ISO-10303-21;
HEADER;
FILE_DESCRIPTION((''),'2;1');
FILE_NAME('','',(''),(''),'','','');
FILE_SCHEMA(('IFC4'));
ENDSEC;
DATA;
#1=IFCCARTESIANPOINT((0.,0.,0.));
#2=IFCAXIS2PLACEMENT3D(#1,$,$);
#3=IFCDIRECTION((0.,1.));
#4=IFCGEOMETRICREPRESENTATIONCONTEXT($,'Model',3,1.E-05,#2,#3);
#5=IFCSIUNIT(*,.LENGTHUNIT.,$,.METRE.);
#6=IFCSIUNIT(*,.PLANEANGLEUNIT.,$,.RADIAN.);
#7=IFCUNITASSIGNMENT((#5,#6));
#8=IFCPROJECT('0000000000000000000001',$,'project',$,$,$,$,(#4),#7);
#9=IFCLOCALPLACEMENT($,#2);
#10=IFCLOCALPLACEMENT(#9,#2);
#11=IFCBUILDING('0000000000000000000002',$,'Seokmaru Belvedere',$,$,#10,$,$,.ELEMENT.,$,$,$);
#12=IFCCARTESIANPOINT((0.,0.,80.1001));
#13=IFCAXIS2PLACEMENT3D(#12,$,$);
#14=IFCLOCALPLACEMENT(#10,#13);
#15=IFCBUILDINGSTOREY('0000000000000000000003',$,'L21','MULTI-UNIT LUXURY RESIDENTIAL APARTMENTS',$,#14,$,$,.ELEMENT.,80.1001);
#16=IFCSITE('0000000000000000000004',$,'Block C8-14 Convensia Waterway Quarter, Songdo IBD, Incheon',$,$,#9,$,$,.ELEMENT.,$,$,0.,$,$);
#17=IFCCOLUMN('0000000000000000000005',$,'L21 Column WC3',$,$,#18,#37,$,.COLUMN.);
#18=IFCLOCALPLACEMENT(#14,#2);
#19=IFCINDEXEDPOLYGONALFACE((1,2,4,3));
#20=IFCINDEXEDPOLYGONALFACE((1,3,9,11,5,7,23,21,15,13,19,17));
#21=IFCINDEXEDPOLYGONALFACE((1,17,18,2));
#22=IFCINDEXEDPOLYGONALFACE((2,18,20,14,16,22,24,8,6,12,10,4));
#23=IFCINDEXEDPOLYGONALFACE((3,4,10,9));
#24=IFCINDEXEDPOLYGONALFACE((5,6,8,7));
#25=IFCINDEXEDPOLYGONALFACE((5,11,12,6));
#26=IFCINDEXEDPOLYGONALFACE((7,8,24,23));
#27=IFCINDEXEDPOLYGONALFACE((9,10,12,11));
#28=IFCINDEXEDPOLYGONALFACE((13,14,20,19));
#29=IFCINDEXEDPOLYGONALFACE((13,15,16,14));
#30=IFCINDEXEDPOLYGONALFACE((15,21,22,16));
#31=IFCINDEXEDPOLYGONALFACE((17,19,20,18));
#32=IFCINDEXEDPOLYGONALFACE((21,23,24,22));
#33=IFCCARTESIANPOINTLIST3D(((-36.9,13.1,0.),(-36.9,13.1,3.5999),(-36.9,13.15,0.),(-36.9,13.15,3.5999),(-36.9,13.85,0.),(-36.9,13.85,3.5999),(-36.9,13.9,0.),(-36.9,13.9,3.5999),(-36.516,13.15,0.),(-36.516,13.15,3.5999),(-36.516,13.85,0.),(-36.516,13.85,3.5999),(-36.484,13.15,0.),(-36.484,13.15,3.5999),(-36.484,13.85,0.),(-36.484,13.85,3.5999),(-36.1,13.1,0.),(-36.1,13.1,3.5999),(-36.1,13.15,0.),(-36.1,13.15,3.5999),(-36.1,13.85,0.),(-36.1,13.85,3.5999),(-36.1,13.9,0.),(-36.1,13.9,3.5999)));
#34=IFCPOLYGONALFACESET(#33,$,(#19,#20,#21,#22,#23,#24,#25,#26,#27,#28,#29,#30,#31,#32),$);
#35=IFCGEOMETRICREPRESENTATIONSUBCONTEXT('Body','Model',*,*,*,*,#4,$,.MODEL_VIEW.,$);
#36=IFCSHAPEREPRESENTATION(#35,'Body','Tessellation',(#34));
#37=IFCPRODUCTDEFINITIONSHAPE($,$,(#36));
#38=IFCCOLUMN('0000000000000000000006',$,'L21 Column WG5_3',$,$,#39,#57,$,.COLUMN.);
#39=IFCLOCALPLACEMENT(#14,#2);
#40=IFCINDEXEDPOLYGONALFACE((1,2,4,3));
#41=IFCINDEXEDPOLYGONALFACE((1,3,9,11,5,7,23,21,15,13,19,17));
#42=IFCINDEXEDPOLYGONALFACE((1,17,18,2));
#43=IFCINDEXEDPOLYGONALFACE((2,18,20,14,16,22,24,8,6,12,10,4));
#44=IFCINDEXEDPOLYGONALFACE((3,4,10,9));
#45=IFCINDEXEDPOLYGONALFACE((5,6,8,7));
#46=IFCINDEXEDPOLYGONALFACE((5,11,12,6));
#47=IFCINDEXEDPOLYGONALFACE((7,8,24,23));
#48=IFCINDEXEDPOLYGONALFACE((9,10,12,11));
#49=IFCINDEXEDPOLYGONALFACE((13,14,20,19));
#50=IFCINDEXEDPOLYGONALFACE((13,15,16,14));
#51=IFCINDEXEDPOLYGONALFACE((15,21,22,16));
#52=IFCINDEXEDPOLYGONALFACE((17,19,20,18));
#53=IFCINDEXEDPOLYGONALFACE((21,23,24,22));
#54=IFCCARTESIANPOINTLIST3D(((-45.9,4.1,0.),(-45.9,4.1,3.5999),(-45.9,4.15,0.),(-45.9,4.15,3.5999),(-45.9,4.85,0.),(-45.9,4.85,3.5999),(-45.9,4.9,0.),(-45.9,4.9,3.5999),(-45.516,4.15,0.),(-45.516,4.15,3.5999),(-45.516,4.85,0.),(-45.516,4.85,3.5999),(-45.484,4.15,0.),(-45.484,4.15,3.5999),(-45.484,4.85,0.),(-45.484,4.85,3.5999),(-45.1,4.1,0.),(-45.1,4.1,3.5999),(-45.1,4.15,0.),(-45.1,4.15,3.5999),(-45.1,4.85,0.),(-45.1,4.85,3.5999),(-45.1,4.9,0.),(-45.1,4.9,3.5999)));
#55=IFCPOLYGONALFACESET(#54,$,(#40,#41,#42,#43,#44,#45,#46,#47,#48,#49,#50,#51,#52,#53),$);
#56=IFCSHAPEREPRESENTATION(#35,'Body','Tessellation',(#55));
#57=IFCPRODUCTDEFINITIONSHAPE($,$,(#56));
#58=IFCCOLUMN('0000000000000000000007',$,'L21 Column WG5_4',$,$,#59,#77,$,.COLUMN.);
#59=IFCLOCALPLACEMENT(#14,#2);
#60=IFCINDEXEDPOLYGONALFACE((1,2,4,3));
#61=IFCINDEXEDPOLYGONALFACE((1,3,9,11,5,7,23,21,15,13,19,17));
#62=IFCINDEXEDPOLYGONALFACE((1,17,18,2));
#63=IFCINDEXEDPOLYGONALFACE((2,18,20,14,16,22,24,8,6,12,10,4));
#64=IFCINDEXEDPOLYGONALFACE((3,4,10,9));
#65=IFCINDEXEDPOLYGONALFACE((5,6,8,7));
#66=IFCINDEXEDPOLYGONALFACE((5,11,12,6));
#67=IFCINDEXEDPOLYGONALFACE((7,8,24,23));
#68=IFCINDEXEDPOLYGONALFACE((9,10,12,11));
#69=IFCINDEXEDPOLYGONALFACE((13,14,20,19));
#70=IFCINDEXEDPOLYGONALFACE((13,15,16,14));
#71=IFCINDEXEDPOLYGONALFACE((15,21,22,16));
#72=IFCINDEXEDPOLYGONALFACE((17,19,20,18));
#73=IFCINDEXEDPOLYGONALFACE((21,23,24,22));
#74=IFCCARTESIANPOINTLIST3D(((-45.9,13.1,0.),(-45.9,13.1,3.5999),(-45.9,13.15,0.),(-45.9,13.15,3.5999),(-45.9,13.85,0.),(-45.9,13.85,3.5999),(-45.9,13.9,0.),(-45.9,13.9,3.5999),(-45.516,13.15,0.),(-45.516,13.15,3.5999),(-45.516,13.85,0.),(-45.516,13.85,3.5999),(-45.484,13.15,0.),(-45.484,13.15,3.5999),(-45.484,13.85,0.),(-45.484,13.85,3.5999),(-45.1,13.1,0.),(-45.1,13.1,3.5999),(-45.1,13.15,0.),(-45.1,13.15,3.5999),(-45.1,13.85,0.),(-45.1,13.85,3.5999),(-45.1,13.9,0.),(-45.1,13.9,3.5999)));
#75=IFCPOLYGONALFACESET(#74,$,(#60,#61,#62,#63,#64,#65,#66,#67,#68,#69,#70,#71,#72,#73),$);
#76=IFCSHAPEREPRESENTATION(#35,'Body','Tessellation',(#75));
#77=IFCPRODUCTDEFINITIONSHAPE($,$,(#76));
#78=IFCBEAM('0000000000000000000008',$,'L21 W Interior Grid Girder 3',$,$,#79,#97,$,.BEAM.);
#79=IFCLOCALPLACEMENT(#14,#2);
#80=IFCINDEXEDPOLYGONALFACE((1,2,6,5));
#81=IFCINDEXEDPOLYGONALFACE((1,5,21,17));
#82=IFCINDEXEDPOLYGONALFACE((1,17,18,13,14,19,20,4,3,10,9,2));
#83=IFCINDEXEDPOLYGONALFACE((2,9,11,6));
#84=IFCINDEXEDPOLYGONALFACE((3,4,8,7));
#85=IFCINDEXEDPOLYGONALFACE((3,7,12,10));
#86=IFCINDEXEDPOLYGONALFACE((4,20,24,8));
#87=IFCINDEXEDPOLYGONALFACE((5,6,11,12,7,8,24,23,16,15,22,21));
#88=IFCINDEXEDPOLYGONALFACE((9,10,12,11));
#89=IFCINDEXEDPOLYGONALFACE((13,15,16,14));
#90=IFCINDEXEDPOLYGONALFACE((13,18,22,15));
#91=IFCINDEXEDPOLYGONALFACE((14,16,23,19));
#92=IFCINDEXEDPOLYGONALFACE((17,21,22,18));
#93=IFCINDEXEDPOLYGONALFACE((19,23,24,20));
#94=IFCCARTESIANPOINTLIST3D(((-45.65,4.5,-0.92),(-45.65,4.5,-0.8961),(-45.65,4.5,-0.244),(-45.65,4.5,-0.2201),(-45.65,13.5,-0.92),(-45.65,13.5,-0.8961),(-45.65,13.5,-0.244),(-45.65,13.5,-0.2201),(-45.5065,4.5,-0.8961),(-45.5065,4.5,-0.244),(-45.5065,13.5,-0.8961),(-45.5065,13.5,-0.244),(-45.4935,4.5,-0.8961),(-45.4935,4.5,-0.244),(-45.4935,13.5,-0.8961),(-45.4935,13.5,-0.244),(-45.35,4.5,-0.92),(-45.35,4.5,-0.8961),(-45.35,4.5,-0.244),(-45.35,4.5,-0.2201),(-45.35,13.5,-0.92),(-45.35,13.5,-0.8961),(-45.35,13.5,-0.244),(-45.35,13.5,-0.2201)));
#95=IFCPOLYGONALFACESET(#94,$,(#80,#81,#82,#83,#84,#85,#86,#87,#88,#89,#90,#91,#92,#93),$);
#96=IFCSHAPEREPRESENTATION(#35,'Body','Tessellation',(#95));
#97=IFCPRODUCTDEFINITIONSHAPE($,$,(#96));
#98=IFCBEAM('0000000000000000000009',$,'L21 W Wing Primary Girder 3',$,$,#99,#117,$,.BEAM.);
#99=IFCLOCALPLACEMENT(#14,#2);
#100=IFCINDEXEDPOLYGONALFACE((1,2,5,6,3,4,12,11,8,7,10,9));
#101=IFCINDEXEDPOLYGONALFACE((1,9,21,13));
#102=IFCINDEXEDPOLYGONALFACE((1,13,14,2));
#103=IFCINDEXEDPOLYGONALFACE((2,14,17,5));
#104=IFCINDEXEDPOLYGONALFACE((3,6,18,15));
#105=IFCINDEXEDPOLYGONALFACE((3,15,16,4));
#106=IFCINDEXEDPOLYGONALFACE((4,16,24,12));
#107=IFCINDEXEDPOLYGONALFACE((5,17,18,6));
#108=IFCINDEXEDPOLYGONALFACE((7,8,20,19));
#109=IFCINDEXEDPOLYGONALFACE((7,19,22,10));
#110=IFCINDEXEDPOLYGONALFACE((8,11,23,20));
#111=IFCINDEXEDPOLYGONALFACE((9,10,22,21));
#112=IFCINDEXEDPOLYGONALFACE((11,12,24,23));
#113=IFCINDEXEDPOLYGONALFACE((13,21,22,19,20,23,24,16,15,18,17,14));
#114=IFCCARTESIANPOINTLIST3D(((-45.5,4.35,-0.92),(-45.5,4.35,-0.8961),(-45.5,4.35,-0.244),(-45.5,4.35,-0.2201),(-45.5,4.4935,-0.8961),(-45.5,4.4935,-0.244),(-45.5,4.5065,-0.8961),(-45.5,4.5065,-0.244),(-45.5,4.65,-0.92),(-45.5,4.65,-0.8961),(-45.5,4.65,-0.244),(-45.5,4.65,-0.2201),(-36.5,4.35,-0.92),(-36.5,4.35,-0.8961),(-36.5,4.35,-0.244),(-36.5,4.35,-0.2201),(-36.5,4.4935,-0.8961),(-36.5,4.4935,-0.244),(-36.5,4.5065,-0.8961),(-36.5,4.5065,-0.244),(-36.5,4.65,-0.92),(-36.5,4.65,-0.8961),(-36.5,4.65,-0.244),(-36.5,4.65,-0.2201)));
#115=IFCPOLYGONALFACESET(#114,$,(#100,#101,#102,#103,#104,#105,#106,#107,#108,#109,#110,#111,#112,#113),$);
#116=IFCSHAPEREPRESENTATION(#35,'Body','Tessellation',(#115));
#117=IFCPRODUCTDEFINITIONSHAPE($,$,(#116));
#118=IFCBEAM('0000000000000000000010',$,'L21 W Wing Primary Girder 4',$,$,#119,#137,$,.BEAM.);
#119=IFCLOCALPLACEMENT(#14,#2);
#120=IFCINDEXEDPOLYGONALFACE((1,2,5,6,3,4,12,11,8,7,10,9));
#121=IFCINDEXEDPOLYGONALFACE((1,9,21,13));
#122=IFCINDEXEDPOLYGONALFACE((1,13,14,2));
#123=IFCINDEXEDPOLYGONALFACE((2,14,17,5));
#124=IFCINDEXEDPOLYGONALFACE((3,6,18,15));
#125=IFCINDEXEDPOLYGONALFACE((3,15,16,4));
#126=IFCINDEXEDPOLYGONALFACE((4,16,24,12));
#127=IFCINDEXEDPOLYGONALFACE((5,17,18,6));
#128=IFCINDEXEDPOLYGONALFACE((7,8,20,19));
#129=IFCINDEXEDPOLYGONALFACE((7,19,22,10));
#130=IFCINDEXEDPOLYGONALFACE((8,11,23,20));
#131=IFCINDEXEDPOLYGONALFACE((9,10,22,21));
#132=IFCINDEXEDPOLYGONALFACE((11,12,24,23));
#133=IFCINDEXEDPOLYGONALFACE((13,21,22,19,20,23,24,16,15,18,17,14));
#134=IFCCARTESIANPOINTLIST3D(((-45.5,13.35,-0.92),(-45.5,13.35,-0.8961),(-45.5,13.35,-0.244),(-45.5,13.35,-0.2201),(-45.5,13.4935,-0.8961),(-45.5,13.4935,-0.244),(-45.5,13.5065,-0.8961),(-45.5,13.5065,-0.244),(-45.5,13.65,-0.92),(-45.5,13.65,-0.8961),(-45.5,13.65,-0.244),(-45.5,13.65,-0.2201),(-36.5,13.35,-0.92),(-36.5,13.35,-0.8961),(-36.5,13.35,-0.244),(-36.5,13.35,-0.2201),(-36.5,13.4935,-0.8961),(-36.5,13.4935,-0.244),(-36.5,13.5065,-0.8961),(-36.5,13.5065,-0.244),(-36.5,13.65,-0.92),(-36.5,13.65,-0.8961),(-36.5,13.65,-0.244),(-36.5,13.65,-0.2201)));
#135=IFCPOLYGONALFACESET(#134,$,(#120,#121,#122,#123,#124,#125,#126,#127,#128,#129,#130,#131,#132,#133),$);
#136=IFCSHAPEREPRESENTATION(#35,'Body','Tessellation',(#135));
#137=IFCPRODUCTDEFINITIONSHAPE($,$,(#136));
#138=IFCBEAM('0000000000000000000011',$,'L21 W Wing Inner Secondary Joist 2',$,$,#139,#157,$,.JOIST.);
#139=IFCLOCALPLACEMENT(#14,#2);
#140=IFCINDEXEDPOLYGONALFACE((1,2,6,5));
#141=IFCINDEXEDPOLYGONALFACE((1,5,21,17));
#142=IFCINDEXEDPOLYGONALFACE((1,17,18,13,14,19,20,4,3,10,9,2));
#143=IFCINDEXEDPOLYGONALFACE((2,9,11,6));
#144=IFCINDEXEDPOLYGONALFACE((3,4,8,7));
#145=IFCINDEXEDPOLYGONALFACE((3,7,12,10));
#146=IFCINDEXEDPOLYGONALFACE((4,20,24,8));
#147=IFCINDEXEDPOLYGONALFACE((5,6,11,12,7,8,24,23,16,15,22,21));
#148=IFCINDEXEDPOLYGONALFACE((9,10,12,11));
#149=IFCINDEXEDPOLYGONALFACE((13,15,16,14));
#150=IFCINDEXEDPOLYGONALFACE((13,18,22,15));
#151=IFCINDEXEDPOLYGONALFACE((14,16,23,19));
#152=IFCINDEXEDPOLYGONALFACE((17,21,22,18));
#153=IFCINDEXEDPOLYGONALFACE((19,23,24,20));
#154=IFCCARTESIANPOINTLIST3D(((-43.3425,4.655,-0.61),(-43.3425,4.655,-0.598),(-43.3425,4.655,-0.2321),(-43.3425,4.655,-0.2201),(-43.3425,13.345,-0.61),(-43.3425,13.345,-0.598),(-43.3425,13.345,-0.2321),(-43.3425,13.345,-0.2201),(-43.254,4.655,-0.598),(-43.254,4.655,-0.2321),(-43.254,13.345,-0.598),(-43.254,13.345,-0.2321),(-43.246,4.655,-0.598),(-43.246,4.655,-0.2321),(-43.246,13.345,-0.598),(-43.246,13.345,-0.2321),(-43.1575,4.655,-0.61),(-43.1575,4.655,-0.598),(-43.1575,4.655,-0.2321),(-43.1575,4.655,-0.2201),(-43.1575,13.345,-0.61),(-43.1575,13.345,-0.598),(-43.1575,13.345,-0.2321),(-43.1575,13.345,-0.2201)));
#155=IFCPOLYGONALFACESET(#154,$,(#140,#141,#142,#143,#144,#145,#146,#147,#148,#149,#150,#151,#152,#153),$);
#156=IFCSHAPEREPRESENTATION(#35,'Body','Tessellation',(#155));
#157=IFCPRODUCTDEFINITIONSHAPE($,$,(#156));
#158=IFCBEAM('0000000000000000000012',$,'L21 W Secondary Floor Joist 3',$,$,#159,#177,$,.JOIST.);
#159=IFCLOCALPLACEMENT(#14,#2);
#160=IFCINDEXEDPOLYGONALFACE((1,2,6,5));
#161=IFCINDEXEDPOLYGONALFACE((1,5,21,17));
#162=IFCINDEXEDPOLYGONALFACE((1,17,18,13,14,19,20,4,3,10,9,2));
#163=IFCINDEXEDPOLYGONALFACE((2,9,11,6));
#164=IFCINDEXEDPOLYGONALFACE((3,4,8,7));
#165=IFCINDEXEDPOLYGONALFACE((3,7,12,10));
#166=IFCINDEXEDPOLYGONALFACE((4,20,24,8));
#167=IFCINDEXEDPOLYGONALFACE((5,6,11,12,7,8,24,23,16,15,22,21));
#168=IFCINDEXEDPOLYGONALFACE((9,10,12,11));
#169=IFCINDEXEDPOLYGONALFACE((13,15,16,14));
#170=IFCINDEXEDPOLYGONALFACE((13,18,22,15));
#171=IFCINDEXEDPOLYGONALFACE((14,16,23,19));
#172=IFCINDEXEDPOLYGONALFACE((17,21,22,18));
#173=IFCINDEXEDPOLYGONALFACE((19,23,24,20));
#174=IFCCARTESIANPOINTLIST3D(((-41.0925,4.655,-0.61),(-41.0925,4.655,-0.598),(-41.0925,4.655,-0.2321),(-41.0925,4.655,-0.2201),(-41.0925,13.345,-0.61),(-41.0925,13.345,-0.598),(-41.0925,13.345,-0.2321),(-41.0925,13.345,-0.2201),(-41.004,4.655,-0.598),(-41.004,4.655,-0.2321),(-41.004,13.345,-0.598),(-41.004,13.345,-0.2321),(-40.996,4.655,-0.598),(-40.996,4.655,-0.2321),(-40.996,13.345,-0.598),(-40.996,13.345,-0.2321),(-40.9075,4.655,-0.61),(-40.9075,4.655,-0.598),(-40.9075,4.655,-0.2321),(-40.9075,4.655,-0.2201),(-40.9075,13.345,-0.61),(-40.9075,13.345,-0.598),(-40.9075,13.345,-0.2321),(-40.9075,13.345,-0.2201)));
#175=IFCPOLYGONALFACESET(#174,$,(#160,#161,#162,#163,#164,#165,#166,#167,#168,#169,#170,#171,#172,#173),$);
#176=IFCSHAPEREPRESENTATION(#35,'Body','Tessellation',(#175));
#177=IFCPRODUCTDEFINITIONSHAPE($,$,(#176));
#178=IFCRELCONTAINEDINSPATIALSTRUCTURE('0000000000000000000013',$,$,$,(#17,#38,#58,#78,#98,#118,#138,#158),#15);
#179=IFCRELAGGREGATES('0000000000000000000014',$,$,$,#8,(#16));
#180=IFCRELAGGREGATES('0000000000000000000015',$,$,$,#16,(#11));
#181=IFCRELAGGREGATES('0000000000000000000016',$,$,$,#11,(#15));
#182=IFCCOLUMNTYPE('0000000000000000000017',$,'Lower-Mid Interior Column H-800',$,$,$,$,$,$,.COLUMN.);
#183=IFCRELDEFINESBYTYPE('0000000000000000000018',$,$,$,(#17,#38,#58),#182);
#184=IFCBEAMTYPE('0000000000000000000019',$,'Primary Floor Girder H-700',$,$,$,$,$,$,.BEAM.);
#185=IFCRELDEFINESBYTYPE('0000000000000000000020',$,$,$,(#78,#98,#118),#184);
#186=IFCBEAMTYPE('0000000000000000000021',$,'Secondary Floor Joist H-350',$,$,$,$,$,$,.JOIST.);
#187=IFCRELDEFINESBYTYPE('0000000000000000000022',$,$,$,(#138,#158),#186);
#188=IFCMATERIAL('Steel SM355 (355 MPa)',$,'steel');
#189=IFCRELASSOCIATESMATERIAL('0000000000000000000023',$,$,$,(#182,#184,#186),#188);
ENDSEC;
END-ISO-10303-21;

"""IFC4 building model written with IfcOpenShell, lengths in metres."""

from ifc_helpers import new_model, si_unit, direction, frame, origin, origin_2d, place, context, subcontext, project, spatial, i_section, extrude, source, transform, mapped, material, material_profile, profile_set, type_object, type_shapes, element, save


model = new_model("IFC4")

# Units and contexts
model_context = context("Model", 3, precision=1e-05, world=origin(), true_north=direction((0.0, 1.0)))
body_context = subcontext(model_context, "Body", "Model", "MODEL_VIEW")
ifc_project = project(units=[si_unit("LENGTHUNIT", "METRE"), si_unit("PLANEANGLEUNIT", "RADIAN")], contexts=[model_context])

# Site, building, storey
site_placement = place(None, origin())
site = spatial("IfcSite", under=ifc_project, at=site_placement, Name="Block C8-14 Convensia Waterway Quarter, Songdo IBD, Incheon", CompositionType="ELEMENT", RefElevation=0.0)
building_placement = place(site_placement, origin())
building = spatial("IfcBuilding", under=site, at=building_placement, Name="Seokmaru Belvedere", CompositionType="ELEMENT")
storey_placement = place(building_placement, frame((0.0, 0.0, 80.1001)))
storey = spatial("IfcBuildingStorey", under=building, at=storey_placement, Name="L21", Description="MULTI-UNIT LUXURY RESIDENTIAL APARTMENTS", CompositionType="ELEMENT", Elevation=80.1001)

# Columns
ifc_material_1 = material(Name="Steel SM355 (355 MPa)", Category="steel")
ifc_material_profile_1 = material_profile(ifc_material_1, i_section(OverallWidth=0.8, OverallDepth=0.8, WebThickness=0.032, FlangeThickness=0.05, at=origin_2d()), Name="H-800x800x32x50")
ifc_profile_set_1 = profile_set([ifc_material_profile_1], Name="Steel SM355 (355 MPa)")
column_type = type_object("IfcColumnType", Name="Lower-Mid Interior Column H-800", PredefinedType="COLUMN", material=ifc_profile_set_1)
shared_shape_1 = source(origin(), body_context, "Body", "SweptSolid", [
    extrude(i_section(OverallWidth=0.8, OverallDepth=0.8, WebThickness=0.032, FlangeThickness=0.05, at=origin_2d()), origin(), (0.0, 0.0, 1.0), 3.5999),
])
type_shapes(column_type, [shared_shape_1])
for number, where, z_axis, x_axis, name in (
    (1, (-36.5, 13.5, 0.0), (0.0, 0.0, 1.0), (1.0, 0.0, 0.0), "L21 Column WC3"),
    (2, (-45.5, 4.5, 0.0), (0.0, 0.0, 1.0), (1.0, 0.0, 0.0), "L21 Column WG5_3"),
    (3, (-45.5, 13.5, 0.0), (0.0, 0.0, 1.0), (1.0, 0.0, 0.0), "L21 Column WG5_4"),
):
    element("IfcColumn", number, at=place(storey_placement, frame(where, z_axis=z_axis, x_axis=x_axis)), inside=storey, type_object=column_type, Name=name, PredefinedType="COLUMN", context=body_context, shape_type="MappedRepresentation", body=[
        mapped(shared_shape_1, transform((0.0, 0.0, 0.0), scale=1.0)),
    ])

# Beams
ifc_material_profile_2 = material_profile(ifc_material_1, i_section(OverallWidth=0.3, OverallDepth=0.7, WebThickness=0.0129, FlangeThickness=0.0239, at=origin_2d()), Name="H-700x300x13x24")
ifc_profile_set_2 = profile_set([ifc_material_profile_2], Name="Steel SM355 (355 MPa)")
beam_type_1 = type_object("IfcBeamType", Name="Primary Floor Girder H-700", PredefinedType="BEAM", material=ifc_profile_set_2)
shared_shape_2 = source(origin(), body_context, "Body", "SweptSolid", [
    extrude(i_section(OverallWidth=0.3, OverallDepth=0.7, WebThickness=0.0129, FlangeThickness=0.0239, at=origin_2d()), origin(), (0.0, 0.0, 1.0), 9.0),
])
type_shapes(beam_type_1, [shared_shape_2])
for number, where, z_axis, x_axis, name in (
    (4, (-45.5, 4.5, -0.5701), (0.0, 1.0, 0.0), (-1.0, 0.0, 0.0), "L21 W Interior Grid Girder 3"),
    (5, (-45.5, 4.5, -0.5701), (1.0, 0.0, 0.0), (0.0, 1.0, 0.0), "L21 W Wing Primary Girder 3"),
    (6, (-45.5, 13.5, -0.5701), (1.0, 0.0, 0.0), (0.0, 1.0, 0.0), "L21 W Wing Primary Girder 4"),
):
    element("IfcBeam", number, at=place(storey_placement, frame(where, z_axis=z_axis, x_axis=x_axis)), inside=storey, type_object=beam_type_1, Name=name, PredefinedType="BEAM", context=body_context, shape_type="MappedRepresentation", body=[
        mapped(shared_shape_2, transform((0.0, 0.0, 0.0), scale=1.0)),
    ])
ifc_material_profile_3 = material_profile(ifc_material_1, i_section(OverallWidth=0.1851, OverallDepth=0.3899, WebThickness=0.0081, FlangeThickness=0.012, at=origin_2d()), Name="H-390x185x8x12")
ifc_profile_set_3 = profile_set([ifc_material_profile_3], Name="Steel SM355 (355 MPa)")
beam_type_2 = type_object("IfcBeamType", Name="Secondary Floor Joist H-350", PredefinedType="JOIST", material=ifc_profile_set_3)
shared_shape_3 = source(origin(), body_context, "Body", "SweptSolid", [
    extrude(i_section(OverallWidth=0.1851, OverallDepth=0.3899, WebThickness=0.0081, FlangeThickness=0.012, at=origin_2d()), origin(), (0.0, 0.0, 1.0), 8.6899),
])
type_shapes(beam_type_2, [shared_shape_3])
for number, where, z_axis, x_axis, name in (
    (7, (-43.25, 4.655, -0.415), (0.0, 1.0, 0.0), (-1.0, 0.0, 0.0), "L21 W Wing Inner Secondary Joist 2"),
    (8, (-41.0, 4.655, -0.415), (0.0, 1.0, 0.0), (-1.0, 0.0, 0.0), "L21 W Secondary Floor Joist 3"),
):
    element("IfcBeam", number, at=place(storey_placement, frame(where, z_axis=z_axis, x_axis=x_axis)), inside=storey, type_object=beam_type_2, Name=name, PredefinedType="JOIST", context=body_context, shape_type="MappedRepresentation", body=[
        mapped(shared_shape_3, transform((0.0, 0.0, 0.0), scale=1.0)),
    ])

save(model, "model.ifc")
